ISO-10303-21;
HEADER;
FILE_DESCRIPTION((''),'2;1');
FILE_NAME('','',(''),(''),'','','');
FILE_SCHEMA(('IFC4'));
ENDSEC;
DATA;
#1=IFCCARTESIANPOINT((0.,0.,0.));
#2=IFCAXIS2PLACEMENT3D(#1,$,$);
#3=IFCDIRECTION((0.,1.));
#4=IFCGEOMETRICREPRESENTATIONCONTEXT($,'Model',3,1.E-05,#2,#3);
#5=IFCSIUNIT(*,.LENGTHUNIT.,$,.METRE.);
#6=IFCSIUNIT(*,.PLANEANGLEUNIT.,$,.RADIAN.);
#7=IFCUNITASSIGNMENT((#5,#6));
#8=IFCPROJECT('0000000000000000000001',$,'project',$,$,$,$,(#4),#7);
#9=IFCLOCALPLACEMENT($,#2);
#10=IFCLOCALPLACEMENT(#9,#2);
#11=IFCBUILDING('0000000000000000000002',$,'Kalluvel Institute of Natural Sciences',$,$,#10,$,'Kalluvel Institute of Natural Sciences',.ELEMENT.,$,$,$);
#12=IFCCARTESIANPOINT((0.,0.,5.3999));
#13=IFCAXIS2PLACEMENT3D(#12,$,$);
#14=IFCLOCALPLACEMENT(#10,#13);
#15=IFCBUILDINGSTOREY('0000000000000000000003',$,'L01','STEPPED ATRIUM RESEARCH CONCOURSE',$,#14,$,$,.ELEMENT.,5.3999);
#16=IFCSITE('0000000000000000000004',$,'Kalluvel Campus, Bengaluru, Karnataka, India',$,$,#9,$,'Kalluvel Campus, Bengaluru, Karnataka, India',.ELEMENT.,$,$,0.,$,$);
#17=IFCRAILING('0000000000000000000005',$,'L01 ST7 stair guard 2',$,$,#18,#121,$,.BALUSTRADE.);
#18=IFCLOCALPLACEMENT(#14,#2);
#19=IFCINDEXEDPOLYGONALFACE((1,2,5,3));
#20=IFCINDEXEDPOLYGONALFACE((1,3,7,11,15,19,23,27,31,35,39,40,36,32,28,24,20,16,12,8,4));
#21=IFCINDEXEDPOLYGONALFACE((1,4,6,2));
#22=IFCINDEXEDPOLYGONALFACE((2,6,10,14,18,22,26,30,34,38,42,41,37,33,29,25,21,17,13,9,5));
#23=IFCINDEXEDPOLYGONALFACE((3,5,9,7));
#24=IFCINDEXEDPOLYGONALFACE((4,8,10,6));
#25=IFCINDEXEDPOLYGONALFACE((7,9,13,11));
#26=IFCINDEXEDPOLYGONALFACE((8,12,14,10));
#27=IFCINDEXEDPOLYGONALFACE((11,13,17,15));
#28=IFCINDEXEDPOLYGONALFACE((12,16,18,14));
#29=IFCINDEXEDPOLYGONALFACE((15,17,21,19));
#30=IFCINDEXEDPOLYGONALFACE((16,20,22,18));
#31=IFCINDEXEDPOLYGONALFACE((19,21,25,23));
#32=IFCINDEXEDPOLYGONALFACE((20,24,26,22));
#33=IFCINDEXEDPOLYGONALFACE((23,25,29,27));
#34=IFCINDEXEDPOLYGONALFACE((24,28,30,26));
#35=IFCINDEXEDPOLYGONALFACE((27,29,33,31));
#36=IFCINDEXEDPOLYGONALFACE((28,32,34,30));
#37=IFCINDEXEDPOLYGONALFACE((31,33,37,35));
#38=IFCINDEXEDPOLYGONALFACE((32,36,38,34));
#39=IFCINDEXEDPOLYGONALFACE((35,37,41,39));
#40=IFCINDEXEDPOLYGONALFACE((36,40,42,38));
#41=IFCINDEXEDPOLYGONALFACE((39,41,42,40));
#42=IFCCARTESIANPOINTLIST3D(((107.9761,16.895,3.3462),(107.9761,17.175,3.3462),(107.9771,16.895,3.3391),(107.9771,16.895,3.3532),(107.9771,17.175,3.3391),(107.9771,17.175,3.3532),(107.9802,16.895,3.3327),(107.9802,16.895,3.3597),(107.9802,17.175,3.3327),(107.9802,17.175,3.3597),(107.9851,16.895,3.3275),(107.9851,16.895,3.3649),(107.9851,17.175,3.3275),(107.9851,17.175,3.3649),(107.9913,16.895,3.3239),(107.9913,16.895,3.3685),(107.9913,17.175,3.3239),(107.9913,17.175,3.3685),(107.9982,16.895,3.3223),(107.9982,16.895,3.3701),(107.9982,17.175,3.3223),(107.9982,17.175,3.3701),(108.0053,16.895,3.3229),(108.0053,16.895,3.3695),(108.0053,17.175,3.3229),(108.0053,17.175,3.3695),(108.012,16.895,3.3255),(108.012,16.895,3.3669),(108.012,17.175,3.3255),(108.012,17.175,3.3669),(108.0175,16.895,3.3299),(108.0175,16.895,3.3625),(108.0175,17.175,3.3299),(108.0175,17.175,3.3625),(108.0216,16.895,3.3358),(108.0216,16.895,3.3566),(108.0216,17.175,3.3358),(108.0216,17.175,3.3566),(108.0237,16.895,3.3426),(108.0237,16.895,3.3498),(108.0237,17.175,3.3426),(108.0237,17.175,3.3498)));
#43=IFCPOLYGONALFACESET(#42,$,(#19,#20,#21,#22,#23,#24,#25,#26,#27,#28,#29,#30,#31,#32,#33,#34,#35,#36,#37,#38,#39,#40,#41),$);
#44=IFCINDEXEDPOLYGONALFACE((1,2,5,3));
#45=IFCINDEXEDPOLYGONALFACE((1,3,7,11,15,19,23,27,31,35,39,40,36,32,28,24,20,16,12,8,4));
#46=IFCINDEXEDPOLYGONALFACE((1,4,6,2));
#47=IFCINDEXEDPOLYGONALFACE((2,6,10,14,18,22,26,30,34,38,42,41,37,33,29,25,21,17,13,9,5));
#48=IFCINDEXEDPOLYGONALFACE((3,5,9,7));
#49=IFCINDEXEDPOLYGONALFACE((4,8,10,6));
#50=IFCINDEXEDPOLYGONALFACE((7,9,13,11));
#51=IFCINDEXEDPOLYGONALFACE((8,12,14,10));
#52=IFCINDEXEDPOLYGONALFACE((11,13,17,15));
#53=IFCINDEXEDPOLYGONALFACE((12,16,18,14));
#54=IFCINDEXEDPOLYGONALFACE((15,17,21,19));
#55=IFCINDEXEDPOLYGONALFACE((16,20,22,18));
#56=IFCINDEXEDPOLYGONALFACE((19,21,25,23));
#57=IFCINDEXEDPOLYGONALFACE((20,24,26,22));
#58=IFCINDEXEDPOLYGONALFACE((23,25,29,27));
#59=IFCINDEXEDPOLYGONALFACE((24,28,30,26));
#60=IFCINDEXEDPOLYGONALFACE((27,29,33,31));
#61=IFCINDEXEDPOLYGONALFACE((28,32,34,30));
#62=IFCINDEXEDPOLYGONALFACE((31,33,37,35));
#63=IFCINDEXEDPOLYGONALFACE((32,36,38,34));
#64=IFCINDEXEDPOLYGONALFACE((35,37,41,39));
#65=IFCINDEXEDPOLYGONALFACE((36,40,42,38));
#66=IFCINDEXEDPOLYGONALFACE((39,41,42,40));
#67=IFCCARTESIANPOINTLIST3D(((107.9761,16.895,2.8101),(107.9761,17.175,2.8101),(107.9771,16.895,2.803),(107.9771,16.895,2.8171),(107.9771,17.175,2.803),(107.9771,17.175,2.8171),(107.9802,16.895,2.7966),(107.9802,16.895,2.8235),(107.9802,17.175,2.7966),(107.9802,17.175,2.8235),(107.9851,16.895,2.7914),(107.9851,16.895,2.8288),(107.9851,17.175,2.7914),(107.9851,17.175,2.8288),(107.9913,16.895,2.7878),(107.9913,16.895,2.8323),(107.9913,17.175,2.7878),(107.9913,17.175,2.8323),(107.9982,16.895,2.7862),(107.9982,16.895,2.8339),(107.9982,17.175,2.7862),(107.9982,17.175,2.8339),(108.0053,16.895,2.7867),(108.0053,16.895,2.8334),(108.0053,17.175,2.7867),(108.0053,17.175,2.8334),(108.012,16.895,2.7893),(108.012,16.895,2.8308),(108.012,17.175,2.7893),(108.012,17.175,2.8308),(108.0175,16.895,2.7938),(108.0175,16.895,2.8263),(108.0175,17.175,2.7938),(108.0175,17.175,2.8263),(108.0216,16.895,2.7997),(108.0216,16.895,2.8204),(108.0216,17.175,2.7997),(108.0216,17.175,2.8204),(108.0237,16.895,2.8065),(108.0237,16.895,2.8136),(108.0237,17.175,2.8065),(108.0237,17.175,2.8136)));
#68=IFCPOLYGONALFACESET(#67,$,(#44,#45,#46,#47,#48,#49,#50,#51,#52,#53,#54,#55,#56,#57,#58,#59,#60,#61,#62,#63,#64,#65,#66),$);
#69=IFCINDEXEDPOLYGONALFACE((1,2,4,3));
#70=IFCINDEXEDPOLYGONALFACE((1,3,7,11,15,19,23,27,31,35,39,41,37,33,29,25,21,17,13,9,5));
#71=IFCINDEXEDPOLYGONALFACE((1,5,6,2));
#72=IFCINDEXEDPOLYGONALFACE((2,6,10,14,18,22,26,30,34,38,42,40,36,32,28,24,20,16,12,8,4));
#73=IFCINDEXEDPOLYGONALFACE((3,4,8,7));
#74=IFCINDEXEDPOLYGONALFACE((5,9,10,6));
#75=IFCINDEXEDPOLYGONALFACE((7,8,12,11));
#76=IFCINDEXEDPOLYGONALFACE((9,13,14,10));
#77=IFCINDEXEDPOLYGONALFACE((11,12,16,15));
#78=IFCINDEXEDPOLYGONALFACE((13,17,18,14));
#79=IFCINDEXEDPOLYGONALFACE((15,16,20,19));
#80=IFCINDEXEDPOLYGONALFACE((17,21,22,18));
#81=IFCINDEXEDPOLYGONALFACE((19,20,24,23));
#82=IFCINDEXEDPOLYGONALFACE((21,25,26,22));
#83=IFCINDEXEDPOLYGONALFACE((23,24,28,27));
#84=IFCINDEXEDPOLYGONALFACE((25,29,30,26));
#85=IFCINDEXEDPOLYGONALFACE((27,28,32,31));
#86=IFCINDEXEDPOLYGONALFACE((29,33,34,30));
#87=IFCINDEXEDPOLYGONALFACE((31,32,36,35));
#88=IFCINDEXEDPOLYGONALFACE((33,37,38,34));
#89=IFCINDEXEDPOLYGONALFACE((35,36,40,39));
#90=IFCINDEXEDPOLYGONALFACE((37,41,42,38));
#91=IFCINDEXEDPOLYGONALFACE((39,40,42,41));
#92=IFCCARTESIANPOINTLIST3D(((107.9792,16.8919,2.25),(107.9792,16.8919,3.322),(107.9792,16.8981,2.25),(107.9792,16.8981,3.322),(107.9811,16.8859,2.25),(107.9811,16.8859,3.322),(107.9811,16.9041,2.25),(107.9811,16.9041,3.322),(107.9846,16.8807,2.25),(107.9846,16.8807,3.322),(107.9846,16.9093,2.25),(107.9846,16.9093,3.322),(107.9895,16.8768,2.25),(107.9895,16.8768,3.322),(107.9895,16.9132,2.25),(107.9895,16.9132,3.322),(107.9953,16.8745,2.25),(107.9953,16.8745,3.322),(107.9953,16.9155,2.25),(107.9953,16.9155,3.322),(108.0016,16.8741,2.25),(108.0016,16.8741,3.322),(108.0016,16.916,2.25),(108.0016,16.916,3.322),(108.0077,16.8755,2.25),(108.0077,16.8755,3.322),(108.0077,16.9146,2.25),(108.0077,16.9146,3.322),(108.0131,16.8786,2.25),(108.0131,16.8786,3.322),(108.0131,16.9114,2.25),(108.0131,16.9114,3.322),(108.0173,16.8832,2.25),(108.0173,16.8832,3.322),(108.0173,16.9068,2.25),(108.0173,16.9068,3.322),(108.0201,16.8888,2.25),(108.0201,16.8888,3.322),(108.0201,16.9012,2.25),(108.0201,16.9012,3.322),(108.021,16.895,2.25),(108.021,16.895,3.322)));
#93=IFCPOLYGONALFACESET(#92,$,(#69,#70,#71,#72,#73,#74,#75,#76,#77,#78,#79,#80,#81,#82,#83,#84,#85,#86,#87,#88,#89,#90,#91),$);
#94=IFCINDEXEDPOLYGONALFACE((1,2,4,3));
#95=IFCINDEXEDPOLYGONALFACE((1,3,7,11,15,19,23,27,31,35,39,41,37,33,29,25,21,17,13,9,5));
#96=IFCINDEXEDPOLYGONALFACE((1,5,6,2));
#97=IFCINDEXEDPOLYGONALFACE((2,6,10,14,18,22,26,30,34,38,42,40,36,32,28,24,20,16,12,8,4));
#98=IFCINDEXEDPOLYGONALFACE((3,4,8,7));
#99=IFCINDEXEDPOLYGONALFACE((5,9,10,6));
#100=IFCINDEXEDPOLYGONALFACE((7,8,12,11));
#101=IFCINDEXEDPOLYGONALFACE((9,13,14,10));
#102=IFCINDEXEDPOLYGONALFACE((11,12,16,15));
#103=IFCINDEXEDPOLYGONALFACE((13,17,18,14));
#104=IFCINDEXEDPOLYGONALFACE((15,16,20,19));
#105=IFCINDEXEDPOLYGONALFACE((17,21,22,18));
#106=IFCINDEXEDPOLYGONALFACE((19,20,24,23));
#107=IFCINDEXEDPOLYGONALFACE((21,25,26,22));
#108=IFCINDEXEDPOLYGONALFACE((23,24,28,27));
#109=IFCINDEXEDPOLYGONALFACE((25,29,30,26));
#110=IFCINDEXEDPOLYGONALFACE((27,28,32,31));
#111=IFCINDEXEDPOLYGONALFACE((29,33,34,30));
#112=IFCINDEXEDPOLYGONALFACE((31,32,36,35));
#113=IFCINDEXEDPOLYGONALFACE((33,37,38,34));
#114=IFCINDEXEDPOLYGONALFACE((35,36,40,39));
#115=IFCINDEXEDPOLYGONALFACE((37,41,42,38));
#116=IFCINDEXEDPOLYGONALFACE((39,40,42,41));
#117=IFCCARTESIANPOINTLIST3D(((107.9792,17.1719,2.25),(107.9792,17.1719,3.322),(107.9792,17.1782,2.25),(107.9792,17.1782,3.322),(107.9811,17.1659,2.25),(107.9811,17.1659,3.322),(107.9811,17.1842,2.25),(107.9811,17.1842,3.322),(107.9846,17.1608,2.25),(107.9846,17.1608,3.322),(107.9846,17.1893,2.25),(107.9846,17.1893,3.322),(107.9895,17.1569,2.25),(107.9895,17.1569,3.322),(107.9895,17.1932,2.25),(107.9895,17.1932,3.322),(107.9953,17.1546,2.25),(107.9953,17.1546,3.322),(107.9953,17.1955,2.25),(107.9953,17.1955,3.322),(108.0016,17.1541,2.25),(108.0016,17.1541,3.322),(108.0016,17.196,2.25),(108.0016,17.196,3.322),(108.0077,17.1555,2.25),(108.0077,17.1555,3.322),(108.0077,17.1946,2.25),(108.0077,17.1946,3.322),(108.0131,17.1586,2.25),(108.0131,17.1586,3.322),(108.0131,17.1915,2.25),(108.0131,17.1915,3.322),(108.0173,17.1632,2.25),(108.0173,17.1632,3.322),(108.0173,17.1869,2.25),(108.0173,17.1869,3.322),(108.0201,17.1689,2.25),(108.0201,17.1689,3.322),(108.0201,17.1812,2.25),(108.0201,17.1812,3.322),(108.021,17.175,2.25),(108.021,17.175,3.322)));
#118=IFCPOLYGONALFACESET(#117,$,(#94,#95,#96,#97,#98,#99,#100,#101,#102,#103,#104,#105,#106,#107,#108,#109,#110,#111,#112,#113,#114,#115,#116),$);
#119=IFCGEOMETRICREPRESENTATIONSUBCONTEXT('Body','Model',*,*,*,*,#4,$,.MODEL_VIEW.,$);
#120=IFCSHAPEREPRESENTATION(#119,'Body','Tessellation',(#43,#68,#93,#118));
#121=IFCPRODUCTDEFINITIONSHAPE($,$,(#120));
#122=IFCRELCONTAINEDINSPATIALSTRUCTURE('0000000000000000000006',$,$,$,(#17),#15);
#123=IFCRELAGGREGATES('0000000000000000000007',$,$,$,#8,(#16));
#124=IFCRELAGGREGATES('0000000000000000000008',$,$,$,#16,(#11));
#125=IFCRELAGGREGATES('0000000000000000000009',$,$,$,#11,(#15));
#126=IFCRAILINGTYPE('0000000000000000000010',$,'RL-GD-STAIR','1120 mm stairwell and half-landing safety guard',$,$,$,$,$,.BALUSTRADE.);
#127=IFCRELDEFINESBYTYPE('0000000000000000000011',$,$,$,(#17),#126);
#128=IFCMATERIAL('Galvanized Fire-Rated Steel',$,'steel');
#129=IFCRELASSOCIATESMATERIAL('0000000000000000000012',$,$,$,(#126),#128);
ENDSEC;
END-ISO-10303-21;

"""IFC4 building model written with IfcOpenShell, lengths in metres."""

from ifc_helpers import new_model, si_unit, direction, frame, origin, origin_2d, place, context, subcontext, project, spatial, circle, extrude, material, type_object, element, save


model = new_model("IFC4")

# Units and contexts
model_context = context("Model", 3, precision=1e-05, world=origin(), true_north=direction((0.0, 1.0)))
body_context = subcontext(model_context, "Body", "Model", "MODEL_VIEW")
ifc_project = project(units=[si_unit("LENGTHUNIT", "METRE"), si_unit("PLANEANGLEUNIT", "RADIAN")], contexts=[model_context])

# Site, building, storey
site_placement = place(None, origin())
site = spatial("IfcSite", under=ifc_project, at=site_placement, Name="Kalluvel Campus, Bengaluru, Karnataka, India", LongName="Kalluvel Campus, Bengaluru, Karnataka, India", CompositionType="ELEMENT", RefElevation=0.0)
building_placement = place(site_placement, origin())
building = spatial("IfcBuilding", under=site, at=building_placement, Name="Kalluvel Institute of Natural Sciences", LongName="Kalluvel Institute of Natural Sciences", CompositionType="ELEMENT")
storey_placement = place(building_placement, frame((0.0, 0.0, 5.3999)))
storey = spatial("IfcBuildingStorey", under=building, at=storey_placement, Name="L01", Description="STEPPED ATRIUM RESEARCH CONCOURSE", CompositionType="ELEMENT", Elevation=5.3999)

# Shared definitions
ifc_material_1 = material(Name="Galvanized Fire-Rated Steel", Category="steel")

# Railing
railing_type_1 = type_object("IfcRailingType", Name="RL-GD-STAIR", Description="1120 mm stairwell and half-landing safety guard", PredefinedType="BALUSTRADE", material=ifc_material_1)
railing_1_placement = place(storey_placement, frame((108.0, 16.895, 2.25)))
element("IfcRailing", 1, at=railing_1_placement, inside=storey, type_object=railing_type_1, Name="L01 ST7 stair guard 2", PredefinedType="BALUSTRADE", context=body_context, shape_type="SweptSolid", body=[
    extrude(circle(Radius=0.0239, at=origin_2d()), frame((0.0, 0.0, 1.0962), z_axis=(0.0, 1.0, 0.0), x_axis=(-1.0, 0.0, 0.0)), (0.0, 0.0, 1.0), 0.28),
    extrude(circle(Radius=0.0239, at=origin_2d()), frame((0.0, 0.0, 0.5601), z_axis=(0.0, 1.0, 0.0), x_axis=(-1.0, 0.0, 0.0)), (0.0, 0.0, 1.0), 0.28),
    extrude(circle(Radius=0.021, at=origin_2d()), origin(), (0.0, 0.0, 1.0), 1.072),
    extrude(circle(Radius=0.021, at=origin_2d()), frame((0.0, 0.28, 0.0)), (0.0, 0.0, 1.0), 1.072),
])

save(model, "model.ifc")
